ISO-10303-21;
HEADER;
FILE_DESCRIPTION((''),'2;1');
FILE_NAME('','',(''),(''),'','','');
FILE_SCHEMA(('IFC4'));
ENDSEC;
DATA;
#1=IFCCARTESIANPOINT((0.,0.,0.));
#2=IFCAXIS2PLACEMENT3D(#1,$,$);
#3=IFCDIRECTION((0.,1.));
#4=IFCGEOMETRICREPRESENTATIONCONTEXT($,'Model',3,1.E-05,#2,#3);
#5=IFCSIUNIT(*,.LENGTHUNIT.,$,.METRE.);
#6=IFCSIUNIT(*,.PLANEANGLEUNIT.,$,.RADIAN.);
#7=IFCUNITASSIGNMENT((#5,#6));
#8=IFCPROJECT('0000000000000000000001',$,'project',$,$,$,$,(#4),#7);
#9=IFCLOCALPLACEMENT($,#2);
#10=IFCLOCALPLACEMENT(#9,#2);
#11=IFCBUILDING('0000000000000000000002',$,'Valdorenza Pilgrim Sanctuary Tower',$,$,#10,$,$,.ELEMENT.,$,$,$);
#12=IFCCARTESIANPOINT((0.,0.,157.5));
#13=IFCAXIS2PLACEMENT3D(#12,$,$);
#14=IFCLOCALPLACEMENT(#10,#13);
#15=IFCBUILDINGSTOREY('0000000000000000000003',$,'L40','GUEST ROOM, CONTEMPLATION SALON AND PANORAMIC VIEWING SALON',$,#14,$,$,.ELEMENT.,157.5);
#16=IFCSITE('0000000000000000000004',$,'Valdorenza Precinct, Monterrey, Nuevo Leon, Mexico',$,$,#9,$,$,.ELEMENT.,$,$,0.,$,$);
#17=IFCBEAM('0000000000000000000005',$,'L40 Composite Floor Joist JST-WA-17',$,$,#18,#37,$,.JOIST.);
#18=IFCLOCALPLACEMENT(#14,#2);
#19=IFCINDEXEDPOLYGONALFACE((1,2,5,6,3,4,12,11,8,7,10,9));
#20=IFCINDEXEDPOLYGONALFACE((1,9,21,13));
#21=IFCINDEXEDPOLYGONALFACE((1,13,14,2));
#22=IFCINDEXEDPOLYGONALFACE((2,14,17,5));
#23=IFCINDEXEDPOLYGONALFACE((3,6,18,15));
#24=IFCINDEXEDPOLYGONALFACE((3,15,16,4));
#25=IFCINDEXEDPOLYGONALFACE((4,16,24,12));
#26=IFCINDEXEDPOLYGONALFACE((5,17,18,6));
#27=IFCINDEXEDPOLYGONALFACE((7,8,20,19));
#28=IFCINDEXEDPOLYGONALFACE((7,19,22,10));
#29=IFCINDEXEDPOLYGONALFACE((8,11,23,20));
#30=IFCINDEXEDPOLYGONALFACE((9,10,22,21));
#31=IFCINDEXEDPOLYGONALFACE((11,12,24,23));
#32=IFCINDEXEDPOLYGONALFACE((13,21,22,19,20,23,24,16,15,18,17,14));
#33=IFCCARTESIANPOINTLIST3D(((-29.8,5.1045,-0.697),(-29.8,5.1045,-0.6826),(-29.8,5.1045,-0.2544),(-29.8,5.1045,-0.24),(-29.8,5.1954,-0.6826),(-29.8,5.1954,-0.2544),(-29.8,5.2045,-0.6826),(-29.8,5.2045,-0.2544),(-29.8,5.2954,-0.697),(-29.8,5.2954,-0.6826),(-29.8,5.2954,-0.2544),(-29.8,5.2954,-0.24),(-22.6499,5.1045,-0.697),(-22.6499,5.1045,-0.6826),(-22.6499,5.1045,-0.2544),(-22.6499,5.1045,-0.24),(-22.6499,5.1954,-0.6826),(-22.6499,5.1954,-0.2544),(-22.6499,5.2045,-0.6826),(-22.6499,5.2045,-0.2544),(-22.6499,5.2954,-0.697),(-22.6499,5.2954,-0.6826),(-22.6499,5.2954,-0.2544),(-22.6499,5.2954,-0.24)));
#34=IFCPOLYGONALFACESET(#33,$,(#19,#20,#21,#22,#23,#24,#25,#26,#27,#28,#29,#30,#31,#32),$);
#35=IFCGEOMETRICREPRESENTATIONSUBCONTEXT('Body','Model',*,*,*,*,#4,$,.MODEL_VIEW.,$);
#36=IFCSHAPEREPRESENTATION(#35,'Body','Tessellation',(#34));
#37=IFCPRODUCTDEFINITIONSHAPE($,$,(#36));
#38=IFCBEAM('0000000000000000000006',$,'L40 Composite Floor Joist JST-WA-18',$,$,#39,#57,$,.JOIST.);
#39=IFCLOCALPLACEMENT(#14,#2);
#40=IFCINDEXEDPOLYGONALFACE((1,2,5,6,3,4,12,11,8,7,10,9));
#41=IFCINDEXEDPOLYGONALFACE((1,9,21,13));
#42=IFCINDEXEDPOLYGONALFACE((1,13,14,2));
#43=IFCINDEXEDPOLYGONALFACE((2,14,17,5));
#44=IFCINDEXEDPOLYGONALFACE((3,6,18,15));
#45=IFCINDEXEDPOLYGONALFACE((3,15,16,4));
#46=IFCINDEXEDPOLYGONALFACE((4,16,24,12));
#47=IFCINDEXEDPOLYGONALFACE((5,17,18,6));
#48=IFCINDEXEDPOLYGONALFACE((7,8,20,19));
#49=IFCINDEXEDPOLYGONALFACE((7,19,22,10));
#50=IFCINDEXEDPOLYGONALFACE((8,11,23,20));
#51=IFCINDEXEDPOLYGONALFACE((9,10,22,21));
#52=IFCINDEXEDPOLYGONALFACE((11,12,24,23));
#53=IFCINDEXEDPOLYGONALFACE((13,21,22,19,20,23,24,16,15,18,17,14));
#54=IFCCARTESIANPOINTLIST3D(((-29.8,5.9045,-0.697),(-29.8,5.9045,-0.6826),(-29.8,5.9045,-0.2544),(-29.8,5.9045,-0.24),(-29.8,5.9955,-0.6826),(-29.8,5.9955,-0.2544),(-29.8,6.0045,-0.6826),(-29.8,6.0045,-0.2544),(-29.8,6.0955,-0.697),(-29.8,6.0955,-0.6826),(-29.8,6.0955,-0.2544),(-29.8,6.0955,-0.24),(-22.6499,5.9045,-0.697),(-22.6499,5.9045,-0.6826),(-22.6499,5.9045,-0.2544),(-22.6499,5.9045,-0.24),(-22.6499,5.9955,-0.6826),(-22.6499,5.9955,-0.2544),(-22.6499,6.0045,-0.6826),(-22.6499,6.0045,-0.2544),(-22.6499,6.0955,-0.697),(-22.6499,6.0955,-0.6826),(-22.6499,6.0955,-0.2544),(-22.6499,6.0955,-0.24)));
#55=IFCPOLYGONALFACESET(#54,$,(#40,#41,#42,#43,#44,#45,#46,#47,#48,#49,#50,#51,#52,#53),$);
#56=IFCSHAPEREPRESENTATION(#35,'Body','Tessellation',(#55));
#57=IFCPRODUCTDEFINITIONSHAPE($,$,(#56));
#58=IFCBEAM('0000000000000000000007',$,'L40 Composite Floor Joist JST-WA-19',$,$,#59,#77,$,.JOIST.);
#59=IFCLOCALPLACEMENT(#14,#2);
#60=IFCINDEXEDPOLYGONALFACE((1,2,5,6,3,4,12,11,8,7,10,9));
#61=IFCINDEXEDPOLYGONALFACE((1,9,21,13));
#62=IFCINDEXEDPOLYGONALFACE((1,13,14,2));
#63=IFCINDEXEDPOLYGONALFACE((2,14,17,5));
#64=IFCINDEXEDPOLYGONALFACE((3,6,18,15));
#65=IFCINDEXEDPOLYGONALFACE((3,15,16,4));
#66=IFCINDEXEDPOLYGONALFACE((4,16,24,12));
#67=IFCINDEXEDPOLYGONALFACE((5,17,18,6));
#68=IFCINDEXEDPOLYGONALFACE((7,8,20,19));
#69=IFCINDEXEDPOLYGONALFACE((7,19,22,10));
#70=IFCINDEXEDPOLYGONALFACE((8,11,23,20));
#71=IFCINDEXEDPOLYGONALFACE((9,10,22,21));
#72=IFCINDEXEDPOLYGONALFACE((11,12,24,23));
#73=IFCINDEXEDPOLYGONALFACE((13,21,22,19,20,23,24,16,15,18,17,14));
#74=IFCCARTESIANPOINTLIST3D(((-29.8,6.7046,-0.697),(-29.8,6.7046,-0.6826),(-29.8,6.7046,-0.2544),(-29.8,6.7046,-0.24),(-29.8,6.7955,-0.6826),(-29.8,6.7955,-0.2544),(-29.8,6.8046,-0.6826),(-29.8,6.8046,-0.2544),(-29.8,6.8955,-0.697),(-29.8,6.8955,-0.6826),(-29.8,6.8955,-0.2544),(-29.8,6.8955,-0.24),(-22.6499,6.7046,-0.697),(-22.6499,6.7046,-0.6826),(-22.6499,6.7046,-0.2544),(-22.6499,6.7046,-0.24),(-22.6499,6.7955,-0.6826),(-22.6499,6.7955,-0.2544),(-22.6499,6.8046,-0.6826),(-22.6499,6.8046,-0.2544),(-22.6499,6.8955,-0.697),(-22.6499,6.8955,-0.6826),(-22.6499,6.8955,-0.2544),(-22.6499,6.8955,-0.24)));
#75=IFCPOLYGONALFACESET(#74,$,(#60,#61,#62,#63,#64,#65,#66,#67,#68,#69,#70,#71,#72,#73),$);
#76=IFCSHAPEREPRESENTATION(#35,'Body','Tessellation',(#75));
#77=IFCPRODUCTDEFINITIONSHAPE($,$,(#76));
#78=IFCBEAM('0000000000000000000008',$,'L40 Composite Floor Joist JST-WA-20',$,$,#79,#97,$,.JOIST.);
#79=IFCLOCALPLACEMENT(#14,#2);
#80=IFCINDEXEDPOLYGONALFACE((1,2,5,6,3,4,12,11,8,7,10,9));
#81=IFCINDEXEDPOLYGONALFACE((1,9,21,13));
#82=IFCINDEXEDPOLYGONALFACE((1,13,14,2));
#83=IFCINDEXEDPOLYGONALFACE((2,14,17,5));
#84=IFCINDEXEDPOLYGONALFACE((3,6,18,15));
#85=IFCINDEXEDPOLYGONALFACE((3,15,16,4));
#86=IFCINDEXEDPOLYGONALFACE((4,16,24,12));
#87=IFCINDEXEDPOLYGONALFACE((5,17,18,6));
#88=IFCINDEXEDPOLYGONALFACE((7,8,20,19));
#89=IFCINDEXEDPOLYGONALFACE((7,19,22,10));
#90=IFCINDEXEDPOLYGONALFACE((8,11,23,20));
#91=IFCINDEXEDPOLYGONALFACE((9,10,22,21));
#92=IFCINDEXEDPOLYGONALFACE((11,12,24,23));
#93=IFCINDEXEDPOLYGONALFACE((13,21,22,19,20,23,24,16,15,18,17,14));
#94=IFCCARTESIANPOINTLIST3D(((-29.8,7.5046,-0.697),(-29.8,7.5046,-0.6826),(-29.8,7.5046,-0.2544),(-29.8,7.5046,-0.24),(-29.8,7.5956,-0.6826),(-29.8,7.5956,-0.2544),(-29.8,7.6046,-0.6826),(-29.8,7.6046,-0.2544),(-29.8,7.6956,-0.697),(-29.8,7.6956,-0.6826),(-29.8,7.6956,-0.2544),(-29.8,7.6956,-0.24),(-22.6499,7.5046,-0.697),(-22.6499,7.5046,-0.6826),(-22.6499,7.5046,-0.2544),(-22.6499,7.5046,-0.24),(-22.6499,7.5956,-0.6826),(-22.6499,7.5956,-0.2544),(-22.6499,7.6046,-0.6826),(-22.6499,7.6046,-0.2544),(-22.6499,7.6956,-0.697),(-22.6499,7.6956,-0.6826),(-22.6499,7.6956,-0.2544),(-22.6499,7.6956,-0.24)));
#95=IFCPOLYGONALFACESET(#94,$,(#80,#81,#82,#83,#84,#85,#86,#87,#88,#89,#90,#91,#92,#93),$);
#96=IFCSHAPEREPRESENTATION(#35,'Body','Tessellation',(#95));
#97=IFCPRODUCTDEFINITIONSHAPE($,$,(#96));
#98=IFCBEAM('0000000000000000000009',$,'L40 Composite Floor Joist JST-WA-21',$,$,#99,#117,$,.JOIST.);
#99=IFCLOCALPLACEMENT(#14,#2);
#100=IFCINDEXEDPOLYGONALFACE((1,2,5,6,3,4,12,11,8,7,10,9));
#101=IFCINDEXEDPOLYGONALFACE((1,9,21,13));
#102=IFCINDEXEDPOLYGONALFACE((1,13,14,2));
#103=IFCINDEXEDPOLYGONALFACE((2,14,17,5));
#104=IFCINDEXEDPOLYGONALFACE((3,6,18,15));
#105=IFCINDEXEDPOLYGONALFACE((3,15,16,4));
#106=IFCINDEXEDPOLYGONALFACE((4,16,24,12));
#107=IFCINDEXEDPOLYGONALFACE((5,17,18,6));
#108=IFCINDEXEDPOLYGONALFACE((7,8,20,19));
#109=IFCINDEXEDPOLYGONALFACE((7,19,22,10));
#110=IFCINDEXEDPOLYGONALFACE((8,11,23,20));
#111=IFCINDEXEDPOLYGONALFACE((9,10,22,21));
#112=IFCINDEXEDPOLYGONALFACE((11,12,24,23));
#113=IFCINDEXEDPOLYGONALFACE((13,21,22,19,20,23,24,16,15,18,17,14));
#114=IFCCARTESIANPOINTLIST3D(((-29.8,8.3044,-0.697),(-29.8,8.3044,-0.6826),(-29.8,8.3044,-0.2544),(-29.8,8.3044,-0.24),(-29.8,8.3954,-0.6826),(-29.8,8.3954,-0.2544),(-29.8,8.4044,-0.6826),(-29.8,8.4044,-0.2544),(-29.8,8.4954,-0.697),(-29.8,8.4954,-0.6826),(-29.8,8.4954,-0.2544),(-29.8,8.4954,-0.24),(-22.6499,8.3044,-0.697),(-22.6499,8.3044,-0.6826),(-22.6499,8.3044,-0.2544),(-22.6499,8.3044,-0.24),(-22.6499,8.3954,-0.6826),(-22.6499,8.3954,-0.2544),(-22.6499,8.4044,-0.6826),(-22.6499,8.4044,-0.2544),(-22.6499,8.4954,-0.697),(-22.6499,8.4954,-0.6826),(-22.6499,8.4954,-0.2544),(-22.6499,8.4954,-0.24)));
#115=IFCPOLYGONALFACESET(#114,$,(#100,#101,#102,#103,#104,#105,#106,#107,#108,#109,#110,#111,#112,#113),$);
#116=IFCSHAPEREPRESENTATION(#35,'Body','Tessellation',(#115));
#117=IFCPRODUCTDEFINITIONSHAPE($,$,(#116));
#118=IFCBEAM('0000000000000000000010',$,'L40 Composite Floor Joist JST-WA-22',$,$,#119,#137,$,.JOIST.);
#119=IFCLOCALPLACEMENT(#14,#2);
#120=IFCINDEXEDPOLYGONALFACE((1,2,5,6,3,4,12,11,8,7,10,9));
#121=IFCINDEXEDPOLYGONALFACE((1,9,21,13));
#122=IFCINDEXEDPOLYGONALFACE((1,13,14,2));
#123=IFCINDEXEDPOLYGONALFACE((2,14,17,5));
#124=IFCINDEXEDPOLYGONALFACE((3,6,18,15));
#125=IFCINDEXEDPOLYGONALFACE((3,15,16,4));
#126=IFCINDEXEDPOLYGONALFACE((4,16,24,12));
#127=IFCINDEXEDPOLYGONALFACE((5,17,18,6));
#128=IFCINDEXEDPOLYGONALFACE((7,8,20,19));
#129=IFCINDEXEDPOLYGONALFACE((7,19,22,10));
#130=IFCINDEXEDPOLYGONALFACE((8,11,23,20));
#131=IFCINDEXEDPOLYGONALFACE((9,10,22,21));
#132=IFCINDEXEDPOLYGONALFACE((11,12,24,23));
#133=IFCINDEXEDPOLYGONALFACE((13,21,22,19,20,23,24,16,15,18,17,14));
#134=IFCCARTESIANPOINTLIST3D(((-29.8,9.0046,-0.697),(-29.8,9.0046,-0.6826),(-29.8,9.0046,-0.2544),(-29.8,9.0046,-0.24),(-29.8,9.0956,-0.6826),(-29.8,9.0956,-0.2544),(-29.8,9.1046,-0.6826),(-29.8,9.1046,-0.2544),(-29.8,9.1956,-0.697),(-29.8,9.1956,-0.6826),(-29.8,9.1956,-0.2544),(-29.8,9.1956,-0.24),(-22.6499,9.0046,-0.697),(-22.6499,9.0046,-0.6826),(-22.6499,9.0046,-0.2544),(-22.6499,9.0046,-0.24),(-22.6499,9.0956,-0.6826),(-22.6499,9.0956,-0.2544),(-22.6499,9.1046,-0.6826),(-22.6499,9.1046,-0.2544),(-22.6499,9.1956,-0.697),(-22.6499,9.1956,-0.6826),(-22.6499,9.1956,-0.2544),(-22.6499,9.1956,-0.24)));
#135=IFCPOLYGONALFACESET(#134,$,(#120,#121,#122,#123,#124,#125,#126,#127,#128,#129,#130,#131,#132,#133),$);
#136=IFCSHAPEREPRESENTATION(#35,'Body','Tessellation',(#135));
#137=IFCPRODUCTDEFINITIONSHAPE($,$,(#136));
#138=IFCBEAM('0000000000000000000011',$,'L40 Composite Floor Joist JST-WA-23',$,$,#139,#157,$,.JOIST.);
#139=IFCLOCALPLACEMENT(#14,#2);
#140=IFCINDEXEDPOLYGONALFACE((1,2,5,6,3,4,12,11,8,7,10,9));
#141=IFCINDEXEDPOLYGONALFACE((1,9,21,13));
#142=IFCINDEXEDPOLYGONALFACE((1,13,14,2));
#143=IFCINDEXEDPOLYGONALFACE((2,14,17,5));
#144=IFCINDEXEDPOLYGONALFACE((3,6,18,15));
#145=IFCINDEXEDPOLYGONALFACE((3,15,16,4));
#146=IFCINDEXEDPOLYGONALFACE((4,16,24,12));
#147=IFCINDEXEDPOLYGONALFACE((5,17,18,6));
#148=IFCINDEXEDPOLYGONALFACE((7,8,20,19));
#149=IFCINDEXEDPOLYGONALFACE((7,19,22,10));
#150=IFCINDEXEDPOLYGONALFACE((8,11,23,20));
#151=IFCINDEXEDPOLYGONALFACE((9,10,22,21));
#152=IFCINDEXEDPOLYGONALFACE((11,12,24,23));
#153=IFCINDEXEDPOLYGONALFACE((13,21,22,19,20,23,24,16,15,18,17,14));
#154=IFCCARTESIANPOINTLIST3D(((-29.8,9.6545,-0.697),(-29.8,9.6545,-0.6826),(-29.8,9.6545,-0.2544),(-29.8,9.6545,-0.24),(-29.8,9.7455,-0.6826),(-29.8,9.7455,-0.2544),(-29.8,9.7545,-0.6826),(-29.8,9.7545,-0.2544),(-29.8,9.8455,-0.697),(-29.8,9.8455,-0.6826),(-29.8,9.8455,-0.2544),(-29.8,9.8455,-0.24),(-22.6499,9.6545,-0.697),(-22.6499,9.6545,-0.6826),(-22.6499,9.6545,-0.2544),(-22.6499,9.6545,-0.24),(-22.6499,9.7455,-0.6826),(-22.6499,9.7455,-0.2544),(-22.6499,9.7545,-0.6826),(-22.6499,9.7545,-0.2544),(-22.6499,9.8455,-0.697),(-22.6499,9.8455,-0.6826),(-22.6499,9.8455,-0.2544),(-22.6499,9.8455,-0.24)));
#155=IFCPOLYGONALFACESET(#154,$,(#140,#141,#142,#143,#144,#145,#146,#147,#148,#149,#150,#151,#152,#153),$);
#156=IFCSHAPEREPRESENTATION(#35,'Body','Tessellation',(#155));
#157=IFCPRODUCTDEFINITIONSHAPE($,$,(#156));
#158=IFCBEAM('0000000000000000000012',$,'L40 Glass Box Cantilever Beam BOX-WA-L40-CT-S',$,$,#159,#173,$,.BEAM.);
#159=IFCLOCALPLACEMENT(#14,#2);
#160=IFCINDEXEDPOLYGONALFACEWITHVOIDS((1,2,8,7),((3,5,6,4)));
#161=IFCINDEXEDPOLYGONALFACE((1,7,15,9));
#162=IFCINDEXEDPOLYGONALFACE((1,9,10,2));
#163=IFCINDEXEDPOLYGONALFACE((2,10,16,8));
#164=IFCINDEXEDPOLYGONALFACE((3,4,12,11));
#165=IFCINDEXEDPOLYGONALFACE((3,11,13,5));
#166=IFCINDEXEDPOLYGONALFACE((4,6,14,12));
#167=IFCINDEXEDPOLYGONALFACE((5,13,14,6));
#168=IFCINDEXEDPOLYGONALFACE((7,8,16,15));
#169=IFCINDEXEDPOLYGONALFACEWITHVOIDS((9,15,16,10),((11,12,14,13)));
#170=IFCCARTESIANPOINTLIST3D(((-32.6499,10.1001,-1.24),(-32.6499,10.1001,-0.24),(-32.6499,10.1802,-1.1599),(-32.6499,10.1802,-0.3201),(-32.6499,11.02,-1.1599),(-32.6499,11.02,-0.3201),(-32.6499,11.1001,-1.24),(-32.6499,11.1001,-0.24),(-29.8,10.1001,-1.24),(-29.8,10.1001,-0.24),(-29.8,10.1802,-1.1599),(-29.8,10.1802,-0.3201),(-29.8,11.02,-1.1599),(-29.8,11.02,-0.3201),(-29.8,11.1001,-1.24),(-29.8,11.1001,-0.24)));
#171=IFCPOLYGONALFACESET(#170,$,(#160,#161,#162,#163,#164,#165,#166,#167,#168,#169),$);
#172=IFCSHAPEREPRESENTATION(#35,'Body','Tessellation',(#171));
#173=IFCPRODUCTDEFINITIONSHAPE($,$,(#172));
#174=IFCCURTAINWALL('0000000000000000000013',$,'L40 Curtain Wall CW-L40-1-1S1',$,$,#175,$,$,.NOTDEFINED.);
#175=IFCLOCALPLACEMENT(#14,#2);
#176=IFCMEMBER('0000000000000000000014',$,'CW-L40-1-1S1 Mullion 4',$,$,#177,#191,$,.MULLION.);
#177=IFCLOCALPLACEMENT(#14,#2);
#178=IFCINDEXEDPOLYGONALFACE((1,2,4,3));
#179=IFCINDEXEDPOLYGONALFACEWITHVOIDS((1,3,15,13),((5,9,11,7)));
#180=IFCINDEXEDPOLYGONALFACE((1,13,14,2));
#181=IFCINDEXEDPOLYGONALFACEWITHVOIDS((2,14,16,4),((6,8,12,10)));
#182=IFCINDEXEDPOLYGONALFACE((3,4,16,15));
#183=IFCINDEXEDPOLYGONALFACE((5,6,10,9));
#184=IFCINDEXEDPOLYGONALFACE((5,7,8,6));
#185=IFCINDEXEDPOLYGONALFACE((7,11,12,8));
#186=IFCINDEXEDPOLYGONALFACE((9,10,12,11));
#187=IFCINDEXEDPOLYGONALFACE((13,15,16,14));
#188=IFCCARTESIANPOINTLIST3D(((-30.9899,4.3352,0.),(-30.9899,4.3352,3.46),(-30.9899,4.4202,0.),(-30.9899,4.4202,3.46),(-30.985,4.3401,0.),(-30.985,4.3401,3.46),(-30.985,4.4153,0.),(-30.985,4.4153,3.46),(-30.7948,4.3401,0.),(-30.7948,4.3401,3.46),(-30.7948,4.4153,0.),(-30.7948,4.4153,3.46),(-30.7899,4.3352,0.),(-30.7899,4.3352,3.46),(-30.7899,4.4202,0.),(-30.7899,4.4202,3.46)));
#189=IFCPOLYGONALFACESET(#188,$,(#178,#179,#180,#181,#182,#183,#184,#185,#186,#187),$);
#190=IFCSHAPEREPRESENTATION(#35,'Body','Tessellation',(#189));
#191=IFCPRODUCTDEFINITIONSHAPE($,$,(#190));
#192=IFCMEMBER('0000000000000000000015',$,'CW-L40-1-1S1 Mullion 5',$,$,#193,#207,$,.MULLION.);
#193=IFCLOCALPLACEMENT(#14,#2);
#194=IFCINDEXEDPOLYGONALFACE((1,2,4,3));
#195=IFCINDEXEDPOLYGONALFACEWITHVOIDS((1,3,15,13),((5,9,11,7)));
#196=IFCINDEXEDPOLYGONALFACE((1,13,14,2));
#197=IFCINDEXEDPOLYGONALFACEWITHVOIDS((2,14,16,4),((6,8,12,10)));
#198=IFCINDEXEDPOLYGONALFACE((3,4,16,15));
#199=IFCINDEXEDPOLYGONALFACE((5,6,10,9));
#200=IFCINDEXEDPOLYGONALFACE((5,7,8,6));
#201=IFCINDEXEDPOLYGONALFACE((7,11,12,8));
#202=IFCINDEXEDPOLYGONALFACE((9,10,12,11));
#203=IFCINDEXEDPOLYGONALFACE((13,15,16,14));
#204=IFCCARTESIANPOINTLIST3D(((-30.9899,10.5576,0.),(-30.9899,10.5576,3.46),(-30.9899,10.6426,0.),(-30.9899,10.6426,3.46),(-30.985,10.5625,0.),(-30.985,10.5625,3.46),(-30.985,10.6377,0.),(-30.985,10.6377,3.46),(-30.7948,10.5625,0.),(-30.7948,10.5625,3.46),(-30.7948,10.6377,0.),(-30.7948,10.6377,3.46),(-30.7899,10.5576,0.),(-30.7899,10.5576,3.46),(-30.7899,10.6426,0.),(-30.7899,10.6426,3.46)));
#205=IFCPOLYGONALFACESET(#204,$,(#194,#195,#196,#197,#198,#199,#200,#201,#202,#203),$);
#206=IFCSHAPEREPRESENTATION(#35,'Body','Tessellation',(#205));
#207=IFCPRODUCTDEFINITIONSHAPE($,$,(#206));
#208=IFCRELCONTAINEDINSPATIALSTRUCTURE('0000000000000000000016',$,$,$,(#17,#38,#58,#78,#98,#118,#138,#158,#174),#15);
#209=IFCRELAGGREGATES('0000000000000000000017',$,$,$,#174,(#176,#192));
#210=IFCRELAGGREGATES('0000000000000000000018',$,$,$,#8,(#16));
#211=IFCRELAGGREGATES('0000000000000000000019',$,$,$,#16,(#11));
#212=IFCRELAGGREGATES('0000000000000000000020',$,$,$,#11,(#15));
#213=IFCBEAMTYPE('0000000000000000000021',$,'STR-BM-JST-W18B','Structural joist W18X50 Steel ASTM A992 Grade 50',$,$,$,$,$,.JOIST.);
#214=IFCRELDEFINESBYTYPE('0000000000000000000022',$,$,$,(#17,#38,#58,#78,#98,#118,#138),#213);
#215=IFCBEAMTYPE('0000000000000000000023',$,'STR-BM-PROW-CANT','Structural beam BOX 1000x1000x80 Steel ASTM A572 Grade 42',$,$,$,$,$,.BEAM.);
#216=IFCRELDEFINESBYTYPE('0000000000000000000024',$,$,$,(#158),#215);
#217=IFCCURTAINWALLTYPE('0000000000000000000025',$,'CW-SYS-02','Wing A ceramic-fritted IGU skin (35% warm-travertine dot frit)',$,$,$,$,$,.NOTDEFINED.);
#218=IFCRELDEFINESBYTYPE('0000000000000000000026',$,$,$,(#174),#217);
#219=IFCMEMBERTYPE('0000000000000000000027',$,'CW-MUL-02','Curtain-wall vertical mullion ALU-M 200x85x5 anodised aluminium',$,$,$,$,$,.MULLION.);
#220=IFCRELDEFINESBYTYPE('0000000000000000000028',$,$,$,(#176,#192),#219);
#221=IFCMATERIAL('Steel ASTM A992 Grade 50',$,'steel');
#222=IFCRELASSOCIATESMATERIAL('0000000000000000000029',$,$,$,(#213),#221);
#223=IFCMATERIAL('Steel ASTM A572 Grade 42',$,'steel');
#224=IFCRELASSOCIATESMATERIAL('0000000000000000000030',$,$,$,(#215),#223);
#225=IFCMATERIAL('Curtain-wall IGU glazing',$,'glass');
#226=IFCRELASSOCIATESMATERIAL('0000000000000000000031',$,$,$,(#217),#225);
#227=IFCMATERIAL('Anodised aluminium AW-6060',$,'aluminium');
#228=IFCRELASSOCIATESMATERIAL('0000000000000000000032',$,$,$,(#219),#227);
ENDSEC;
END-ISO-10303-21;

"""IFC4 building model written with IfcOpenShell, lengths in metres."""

from ifc_helpers import new_model, si_unit, direction, frame, origin, origin_2d, place, context, subcontext, project, spatial, hollow_rectangle, i_section, extrude, source, transform, mapped, material, material_profile, profile_set, type_object, element, aggregate, save


model = new_model("IFC4")

# Units and contexts
model_context = context("Model", 3, precision=1e-05, world=origin(), true_north=direction((0.0, 1.0)))
body_context = subcontext(model_context, "Body", "Model", "MODEL_VIEW")
ifc_project = project(units=[si_unit("LENGTHUNIT", "METRE"), si_unit("PLANEANGLEUNIT", "RADIAN")], contexts=[model_context])

# Site, building, storey
site_placement = place(None, origin())
site = spatial("IfcSite", under=ifc_project, at=site_placement, Name="Valdorenza Precinct, Monterrey, Nuevo Leon, Mexico", CompositionType="ELEMENT", RefElevation=0.0)
building_placement = place(site_placement, origin())
building = spatial("IfcBuilding", under=site, at=building_placement, Name="Valdorenza Pilgrim Sanctuary Tower", CompositionType="ELEMENT")
storey_placement = place(building_placement, frame((0.0, 0.0, 157.5)))
storey = spatial("IfcBuildingStorey", under=building, at=storey_placement, Name="L40", Description="GUEST ROOM, CONTEMPLATION SALON AND PANORAMIC VIEWING SALON", CompositionType="ELEMENT", Elevation=157.5)

# Beams
ifc_material_1 = material(Name="Steel ASTM A992 Grade 50", Category="steel")
ifc_material_profile_1 = material_profile(ifc_material_1, i_section(OverallWidth=0.1909, OverallDepth=0.457, WebThickness=0.009, FlangeThickness=0.0144, at=origin_2d()), Name="W18X50")
ifc_profile_set_1 = profile_set([ifc_material_profile_1], Name="Steel ASTM A992 Grade 50")
beam_type_1 = type_object("IfcBeamType", Name="STR-BM-JST-W18B", Description="Structural joist W18X50 Steel ASTM A992 Grade 50", PredefinedType="JOIST", material=ifc_profile_set_1)
shared_shape_1 = source(origin(), body_context, "Body", "SweptSolid", [
    extrude(i_section(OverallWidth=0.1909, OverallDepth=0.457, WebThickness=0.009, FlangeThickness=0.0144, at=origin_2d()), origin(), (0.0, 0.0, 1.0), 7.1501),
])
for number, where, z_axis, x_axis, name in (
    (1, (-29.8, 5.2, -0.4685), (1.0, 0.0, 0.0), (0.0, 1.0, 0.0), "L40 Composite Floor Joist JST-WA-17"),
    (2, (-29.8, 6.0, -0.4685), (1.0, 0.0, 0.0), (0.0, 1.0, 0.0), "L40 Composite Floor Joist JST-WA-18"),
    (3, (-29.8, 6.8, -0.4685), (1.0, 0.0, 0.0), (0.0, 1.0, 0.0), "L40 Composite Floor Joist JST-WA-19"),
    (4, (-29.8, 7.6001, -0.4685), (1.0, 0.0, 0.0), (0.0, 1.0, 0.0), "L40 Composite Floor Joist JST-WA-20"),
    (5, (-29.8, 8.3999, -0.4685), (1.0, 0.0, 0.0), (0.0, 1.0, 0.0), "L40 Composite Floor Joist JST-WA-21"),
    (6, (-29.8, 9.1001, -0.4685), (1.0, 0.0, 0.0), (0.0, 1.0, 0.0), "L40 Composite Floor Joist JST-WA-22"),
    (7, (-29.8, 9.75, -0.4685), (1.0, 0.0, 0.0), (0.0, 1.0, 0.0), "L40 Composite Floor Joist JST-WA-23"),
):
    element("IfcBeam", number, at=place(storey_placement, frame(where, z_axis=z_axis, x_axis=x_axis)), inside=storey, type_object=beam_type_1, Name=name, PredefinedType="JOIST", context=body_context, shape_type="MappedRepresentation", body=[
        mapped(shared_shape_1, transform((0.0, 0.0, 0.0), x_axis=(1.0, 0.0, 0.0), y_axis=(0.0, 1.0, 0.0), z_axis=(0.0, 0.0, 1.0), scale=1.0)),
    ])
ifc_material_2 = material(Name="Steel ASTM A572 Grade 42", Category="steel")
ifc_material_profile_2 = material_profile(ifc_material_2, hollow_rectangle(XDim=1.0, YDim=1.0, WallThickness=0.0801, at=origin_2d()), Name="BOX 1000x1000x80")
ifc_profile_set_2 = profile_set([ifc_material_profile_2], Name="Steel ASTM A572 Grade 42")
beam_type_2 = type_object("IfcBeamType", Name="STR-BM-PROW-CANT", Description="Structural beam BOX 1000x1000x80 Steel ASTM A572 Grade 42", PredefinedType="BEAM", material=ifc_profile_set_2)
shared_shape_2 = source(origin(), body_context, "Body", "SweptSolid", [
    extrude(hollow_rectangle(XDim=1.0, YDim=1.0, WallThickness=0.0801, at=origin_2d()), origin(), (0.0, 0.0, 1.0), 2.8499),
])
beam_1_placement = place(storey_placement, frame((-29.8, 10.6001, -0.74), z_axis=(-1.0, 0.0, 0.0), x_axis=(0.0, -1.0, 0.0)))
element("IfcBeam", 8, at=beam_1_placement, inside=storey, type_object=beam_type_2, Name="L40 Glass Box Cantilever Beam BOX-WA-L40-CT-S", PredefinedType="BEAM", context=body_context, shape_type="MappedRepresentation", body=[
    mapped(shared_shape_2, transform((0.0, 0.0, 0.0), x_axis=(1.0, 0.0, 0.0), y_axis=(0.0, 1.0, 0.0), z_axis=(0.0, 0.0, 1.0), scale=1.0)),
])

# Curtain wall, members
ifc_material_3 = material(Name="Curtain-wall IGU glazing", Category="glass")
curtain_wall_type = type_object("IfcCurtainWallType", Name="CW-SYS-02", Description="Wing A ceramic-fritted IGU skin (35% warm-travertine dot frit)", PredefinedType="NOTDEFINED", material=ifc_material_3)
curtain_wall_1_placement = place(storey_placement, origin())
curtain_wall_1 = element("IfcCurtainWall", 9, at=curtain_wall_1_placement, inside=storey, type_object=curtain_wall_type, Name="L40 Curtain Wall CW-L40-1-1S1", PredefinedType="NOTDEFINED")
ifc_material_4 = material(Name="Anodised aluminium AW-6060", Category="aluminium")
ifc_material_profile_3 = material_profile(ifc_material_4, hollow_rectangle(XDim=0.085, YDim=0.2, WallThickness=0.0049, at=origin_2d()), Name="ALU-M 200x85x5")
ifc_profile_set_3 = profile_set([ifc_material_profile_3], Name="Anodised aluminium AW-6060")
member_type_1 = type_object("IfcMemberType", Name="CW-MUL-02", Description="Curtain-wall vertical mullion ALU-M 200x85x5 anodised aluminium", PredefinedType="MULLION", material=ifc_profile_set_3)
shared_shape_3 = source(origin(), body_context, "Body", "SweptSolid", [
    extrude(hollow_rectangle(XDim=0.085, YDim=0.2, WallThickness=0.0049, at=origin_2d()), origin(), (0.0, 0.0, 1.0), 3.46),
])
member_1_placement = place(storey_placement, frame((-30.8899, 4.3777, 0.0), z_axis=(0.0, 0.0, 1.0), x_axis=(0.0, 1.0, 0.0)))
member_1 = element("IfcMember", 10, at=member_1_placement, type_object=member_type_1, Name="CW-L40-1-1S1 Mullion 4", PredefinedType="MULLION", context=body_context, shape_type="MappedRepresentation", body=[
    mapped(shared_shape_3, transform((0.0, 0.0, 0.0), x_axis=(1.0, 0.0, 0.0), y_axis=(0.0, 1.0, 0.0), z_axis=(0.0, 0.0, 1.0), scale=1.0)),
])
member_2_placement = place(storey_placement, frame((-30.8899, 10.6001, 0.0), z_axis=(0.0, 0.0, 1.0), x_axis=(0.0, 1.0, 0.0)))
member_2 = element("IfcMember", 11, at=member_2_placement, type_object=member_type_1, Name="CW-L40-1-1S1 Mullion 5", PredefinedType="MULLION", context=body_context, shape_type="MappedRepresentation", body=[
    mapped(shared_shape_3, transform((0.0, 0.0, 0.0), x_axis=(1.0, 0.0, 0.0), y_axis=(0.0, 1.0, 0.0), z_axis=(0.0, 0.0, 1.0), scale=1.0)),
])

aggregate(curtain_wall_1, [member_1, member_2])

save(model, "model.ifc")
